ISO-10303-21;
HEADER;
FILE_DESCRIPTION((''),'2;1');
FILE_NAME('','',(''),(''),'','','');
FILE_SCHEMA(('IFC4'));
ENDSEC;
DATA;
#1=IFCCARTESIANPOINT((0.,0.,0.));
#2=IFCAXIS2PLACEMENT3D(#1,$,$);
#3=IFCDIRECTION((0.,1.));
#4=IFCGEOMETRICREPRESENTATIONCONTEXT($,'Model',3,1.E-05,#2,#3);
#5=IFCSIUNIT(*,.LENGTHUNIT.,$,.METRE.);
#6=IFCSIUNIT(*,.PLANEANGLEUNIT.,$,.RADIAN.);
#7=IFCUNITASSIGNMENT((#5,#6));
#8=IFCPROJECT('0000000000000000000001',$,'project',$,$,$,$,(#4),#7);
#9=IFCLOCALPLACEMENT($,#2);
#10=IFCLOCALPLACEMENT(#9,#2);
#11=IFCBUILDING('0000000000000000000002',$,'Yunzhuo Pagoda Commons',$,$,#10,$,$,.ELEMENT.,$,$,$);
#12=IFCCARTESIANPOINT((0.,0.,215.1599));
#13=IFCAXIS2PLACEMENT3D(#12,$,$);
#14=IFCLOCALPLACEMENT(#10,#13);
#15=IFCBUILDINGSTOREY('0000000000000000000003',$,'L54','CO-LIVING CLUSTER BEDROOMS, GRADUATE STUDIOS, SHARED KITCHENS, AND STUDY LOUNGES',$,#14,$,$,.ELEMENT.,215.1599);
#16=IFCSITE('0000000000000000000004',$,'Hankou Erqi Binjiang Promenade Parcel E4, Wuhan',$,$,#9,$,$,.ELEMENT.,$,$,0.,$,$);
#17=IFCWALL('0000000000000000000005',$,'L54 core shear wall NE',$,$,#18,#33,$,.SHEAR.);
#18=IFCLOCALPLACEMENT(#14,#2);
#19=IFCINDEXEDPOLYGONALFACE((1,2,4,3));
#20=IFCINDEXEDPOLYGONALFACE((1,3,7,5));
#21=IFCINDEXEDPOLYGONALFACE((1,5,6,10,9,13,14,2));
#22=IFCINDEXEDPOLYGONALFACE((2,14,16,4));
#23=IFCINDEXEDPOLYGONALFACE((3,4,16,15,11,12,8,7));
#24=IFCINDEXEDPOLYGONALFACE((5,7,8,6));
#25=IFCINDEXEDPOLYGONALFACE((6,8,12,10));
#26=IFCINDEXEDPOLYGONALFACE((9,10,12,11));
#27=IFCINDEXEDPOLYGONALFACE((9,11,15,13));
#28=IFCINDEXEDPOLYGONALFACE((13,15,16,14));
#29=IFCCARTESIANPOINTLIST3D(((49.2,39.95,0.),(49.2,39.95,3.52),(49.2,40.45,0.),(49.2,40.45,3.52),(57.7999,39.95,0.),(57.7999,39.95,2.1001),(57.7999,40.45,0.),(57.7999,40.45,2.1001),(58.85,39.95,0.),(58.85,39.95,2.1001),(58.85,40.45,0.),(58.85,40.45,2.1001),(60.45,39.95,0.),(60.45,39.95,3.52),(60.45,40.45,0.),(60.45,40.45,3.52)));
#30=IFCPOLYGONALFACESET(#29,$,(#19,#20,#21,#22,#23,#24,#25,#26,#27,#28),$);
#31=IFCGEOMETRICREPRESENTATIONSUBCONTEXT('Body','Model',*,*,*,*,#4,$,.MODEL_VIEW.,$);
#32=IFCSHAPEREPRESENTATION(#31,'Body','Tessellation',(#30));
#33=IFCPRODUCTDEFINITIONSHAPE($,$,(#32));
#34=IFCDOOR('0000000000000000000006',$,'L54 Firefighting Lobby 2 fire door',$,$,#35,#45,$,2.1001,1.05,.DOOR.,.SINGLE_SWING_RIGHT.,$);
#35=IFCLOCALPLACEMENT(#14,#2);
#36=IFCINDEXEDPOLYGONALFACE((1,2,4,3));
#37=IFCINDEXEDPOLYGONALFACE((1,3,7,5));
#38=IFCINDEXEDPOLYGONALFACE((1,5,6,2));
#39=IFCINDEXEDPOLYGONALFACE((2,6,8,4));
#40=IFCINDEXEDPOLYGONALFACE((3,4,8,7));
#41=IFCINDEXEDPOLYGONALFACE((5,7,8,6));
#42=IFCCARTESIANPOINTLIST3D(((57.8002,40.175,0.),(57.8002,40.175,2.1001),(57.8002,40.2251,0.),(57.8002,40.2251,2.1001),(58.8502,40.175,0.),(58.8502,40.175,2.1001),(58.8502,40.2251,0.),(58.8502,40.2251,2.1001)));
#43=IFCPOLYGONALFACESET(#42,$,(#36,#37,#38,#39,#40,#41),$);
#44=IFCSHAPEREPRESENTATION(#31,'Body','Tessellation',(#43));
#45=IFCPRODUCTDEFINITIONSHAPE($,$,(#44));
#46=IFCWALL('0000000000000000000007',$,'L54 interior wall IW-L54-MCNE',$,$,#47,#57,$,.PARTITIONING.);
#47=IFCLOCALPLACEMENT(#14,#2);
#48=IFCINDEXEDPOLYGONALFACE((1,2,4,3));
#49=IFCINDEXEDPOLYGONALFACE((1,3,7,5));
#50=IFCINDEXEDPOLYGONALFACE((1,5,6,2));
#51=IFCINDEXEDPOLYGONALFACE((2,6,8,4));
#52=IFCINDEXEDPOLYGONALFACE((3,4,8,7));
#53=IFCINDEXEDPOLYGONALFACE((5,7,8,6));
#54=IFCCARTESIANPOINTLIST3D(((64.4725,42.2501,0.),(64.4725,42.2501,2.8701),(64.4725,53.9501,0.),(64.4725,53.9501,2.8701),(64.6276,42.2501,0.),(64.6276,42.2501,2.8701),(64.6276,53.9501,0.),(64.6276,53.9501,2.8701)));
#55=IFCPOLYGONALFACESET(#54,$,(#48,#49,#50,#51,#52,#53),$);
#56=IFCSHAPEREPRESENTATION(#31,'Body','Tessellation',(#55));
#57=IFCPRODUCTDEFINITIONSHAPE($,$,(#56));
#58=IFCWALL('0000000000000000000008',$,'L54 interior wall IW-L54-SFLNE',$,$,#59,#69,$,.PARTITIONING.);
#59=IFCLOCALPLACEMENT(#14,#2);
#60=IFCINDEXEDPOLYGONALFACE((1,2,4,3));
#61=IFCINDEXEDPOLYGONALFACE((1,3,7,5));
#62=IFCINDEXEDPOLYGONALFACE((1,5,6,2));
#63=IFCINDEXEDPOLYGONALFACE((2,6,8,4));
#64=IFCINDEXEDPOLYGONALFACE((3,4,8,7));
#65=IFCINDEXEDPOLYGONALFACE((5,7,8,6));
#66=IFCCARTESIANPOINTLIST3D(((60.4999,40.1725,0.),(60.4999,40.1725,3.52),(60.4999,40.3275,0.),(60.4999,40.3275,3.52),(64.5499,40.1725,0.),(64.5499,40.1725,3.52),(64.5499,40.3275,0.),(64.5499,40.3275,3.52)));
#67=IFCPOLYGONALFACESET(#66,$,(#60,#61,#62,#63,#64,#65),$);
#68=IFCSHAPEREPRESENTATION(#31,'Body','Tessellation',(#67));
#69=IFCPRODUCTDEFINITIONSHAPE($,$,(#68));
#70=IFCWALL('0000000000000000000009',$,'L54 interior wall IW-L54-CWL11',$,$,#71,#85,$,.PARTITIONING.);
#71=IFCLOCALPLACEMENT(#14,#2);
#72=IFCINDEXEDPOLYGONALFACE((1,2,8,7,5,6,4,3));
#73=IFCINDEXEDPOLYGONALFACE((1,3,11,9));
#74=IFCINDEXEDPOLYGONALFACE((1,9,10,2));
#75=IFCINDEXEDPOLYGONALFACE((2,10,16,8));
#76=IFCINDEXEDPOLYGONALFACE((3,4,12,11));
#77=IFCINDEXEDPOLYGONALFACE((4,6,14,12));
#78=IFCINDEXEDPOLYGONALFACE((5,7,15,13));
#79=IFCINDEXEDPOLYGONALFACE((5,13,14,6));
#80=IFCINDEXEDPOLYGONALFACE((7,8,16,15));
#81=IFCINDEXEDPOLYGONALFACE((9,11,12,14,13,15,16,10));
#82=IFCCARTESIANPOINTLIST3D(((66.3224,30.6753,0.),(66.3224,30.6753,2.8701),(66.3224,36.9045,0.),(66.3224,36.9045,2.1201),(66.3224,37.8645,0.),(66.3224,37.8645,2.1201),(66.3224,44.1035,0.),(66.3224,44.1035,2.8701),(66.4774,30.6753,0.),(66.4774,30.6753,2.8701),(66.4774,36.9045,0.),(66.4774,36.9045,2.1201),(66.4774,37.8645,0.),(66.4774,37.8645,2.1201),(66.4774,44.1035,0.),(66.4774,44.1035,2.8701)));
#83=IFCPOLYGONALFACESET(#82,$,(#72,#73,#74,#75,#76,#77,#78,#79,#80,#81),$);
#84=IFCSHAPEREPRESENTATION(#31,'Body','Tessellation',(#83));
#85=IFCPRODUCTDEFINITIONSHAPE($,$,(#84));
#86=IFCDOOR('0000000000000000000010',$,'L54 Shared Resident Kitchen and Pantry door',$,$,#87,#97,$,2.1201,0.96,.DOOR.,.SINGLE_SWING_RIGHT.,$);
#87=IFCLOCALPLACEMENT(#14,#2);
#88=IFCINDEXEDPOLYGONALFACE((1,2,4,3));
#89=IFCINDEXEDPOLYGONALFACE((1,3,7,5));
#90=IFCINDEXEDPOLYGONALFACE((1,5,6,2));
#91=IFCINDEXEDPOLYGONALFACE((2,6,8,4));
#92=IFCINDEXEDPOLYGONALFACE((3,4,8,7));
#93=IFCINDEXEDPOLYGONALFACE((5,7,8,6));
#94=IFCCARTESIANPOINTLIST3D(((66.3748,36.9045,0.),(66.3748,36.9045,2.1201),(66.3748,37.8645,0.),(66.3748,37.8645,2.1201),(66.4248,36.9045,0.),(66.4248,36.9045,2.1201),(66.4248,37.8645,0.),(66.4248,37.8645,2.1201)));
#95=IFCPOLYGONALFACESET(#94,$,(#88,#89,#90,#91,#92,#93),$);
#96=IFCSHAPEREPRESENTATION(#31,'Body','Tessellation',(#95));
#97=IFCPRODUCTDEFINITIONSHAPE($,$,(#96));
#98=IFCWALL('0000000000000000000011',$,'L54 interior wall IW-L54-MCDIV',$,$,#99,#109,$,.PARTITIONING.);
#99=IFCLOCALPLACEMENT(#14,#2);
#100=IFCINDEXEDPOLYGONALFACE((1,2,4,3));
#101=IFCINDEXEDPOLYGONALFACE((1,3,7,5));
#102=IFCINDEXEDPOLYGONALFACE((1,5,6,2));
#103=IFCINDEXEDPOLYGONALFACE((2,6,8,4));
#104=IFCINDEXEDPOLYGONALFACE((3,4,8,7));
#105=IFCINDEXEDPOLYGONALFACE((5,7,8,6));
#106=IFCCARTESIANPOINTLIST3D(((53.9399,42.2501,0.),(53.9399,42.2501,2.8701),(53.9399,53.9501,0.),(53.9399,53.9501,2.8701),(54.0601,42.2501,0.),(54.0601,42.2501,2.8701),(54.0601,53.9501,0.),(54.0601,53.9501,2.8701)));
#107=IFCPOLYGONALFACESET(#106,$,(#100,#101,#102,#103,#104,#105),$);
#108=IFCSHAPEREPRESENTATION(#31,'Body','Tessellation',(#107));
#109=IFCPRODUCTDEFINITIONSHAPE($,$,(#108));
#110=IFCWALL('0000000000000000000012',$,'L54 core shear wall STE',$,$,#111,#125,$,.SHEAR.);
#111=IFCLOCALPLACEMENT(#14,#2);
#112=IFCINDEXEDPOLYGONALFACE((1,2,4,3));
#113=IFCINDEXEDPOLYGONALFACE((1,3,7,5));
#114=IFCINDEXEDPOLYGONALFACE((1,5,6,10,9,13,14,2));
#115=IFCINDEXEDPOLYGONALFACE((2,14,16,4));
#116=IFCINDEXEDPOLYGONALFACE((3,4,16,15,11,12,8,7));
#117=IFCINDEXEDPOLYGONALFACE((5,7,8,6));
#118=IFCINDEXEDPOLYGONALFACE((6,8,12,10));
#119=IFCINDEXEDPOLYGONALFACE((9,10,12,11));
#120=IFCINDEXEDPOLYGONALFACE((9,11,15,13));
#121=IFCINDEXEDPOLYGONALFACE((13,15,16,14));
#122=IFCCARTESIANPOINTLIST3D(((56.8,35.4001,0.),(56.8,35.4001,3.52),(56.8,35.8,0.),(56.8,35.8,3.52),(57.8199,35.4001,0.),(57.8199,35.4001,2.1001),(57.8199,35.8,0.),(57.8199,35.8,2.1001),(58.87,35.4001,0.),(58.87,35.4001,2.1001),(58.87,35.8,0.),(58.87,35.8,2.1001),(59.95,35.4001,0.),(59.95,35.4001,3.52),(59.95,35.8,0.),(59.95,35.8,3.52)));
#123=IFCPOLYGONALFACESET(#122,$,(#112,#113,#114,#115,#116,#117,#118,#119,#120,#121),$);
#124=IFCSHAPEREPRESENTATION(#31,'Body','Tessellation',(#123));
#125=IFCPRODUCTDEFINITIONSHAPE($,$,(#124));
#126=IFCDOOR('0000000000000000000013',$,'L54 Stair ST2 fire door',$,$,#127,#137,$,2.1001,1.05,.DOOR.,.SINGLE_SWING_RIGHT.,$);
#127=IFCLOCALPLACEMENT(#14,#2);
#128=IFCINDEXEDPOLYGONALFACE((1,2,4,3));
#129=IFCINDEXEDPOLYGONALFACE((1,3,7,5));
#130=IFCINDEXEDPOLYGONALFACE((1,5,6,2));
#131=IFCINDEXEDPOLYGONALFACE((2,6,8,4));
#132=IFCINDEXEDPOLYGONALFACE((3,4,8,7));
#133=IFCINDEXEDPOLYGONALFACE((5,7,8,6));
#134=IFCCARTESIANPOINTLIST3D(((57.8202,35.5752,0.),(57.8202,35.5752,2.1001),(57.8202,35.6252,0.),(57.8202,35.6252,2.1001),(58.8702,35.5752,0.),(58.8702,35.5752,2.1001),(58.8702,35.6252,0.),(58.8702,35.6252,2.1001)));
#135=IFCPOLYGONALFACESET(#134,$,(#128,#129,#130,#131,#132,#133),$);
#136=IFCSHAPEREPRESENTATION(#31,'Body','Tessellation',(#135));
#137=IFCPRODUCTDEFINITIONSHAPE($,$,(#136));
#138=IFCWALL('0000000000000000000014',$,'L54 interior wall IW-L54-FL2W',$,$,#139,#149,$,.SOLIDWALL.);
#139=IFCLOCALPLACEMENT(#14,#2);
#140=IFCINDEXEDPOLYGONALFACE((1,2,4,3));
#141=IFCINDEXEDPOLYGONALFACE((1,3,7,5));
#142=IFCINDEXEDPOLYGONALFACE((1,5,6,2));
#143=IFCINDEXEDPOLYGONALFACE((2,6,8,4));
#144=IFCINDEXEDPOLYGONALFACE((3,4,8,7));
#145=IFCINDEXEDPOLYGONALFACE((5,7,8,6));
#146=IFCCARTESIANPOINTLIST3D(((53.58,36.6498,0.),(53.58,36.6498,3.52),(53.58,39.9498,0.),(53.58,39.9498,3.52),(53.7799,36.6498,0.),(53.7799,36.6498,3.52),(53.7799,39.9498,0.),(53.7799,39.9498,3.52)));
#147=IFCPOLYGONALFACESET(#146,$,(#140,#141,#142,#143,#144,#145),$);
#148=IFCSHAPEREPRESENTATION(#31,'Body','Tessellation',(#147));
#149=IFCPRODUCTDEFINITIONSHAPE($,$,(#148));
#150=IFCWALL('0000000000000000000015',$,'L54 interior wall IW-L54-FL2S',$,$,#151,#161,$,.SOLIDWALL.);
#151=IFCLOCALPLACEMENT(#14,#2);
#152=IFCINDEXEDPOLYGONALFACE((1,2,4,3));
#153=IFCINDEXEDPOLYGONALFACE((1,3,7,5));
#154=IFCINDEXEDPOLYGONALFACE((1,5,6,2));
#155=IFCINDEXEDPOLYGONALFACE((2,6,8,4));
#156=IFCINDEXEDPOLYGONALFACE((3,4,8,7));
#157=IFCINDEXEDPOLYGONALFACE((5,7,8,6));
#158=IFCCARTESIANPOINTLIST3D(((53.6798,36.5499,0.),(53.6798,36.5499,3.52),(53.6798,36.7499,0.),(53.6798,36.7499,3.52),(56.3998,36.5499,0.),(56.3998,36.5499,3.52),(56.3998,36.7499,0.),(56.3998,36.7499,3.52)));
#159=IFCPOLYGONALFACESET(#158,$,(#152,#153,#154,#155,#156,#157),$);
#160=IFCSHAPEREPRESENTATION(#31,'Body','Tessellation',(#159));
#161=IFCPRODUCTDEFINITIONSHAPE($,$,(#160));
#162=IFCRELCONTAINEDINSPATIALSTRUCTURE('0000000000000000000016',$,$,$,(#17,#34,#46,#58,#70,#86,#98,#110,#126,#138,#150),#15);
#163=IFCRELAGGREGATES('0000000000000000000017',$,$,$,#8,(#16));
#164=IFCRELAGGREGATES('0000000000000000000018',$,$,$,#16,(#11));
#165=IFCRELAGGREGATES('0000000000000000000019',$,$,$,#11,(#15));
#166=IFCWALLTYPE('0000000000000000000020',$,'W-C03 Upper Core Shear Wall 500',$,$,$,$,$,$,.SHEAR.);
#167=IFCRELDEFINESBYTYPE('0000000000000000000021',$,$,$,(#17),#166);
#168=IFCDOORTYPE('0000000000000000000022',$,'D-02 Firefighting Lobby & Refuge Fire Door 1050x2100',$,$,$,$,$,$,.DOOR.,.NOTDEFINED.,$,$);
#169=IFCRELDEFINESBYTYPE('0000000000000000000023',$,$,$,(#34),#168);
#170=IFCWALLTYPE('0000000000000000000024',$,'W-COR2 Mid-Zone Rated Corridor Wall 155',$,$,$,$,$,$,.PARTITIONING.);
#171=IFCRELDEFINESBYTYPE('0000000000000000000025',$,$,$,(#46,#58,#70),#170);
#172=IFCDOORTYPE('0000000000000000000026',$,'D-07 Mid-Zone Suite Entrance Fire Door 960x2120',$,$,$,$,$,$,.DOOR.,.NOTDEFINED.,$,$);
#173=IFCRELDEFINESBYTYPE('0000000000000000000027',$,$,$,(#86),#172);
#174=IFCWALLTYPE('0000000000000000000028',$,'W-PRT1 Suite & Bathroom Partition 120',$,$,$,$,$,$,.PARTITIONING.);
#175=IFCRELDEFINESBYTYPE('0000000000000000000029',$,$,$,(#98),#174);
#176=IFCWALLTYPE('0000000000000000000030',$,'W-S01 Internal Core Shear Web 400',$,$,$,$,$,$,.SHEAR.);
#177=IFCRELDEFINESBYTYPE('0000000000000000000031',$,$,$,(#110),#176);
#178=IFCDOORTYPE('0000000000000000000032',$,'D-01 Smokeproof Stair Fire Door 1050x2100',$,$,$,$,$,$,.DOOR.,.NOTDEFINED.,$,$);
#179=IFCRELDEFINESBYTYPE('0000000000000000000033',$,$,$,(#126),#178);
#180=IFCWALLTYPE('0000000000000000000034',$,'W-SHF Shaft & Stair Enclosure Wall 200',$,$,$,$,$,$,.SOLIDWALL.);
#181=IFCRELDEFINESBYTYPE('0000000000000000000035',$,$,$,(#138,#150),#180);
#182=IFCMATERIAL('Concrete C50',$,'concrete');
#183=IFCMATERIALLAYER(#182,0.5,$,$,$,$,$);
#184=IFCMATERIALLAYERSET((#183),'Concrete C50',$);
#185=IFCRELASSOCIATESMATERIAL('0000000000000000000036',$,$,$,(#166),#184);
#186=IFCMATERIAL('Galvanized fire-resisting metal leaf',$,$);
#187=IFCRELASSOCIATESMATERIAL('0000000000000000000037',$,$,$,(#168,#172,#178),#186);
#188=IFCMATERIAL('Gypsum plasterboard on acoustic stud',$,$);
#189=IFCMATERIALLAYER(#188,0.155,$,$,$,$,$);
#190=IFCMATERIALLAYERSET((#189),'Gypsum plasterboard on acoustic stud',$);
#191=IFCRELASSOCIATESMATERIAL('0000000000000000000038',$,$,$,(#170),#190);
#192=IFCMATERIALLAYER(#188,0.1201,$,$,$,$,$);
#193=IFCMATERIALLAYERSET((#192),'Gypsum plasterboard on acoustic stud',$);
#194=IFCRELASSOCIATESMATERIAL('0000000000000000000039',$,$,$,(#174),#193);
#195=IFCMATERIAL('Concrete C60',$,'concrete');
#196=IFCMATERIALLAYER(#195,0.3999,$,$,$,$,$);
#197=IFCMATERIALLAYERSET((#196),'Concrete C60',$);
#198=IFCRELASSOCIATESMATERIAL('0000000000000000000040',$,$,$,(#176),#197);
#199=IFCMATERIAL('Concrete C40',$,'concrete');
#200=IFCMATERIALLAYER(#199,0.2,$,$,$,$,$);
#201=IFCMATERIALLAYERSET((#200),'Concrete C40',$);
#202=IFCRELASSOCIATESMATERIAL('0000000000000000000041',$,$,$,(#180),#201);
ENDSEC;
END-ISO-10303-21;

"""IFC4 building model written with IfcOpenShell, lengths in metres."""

from ifc_helpers import new_model, si_unit, direction, frame, frame_2d, origin, origin_with_axes, place, context, subcontext, project, spatial, rectangle, extrude, source, transform, mapped, material, layer, layer_set, type_object, element, fill, save


model = new_model("IFC4")

# Units and contexts
model_context = context("Model", 3, precision=1e-05, world=origin(), true_north=direction((0.0, 1.0)))
body_context = subcontext(model_context, "Body", "Model", "MODEL_VIEW")
ifc_project = project(units=[si_unit("LENGTHUNIT", "METRE"), si_unit("PLANEANGLEUNIT", "RADIAN")], contexts=[model_context])

# Site, building, storey
site_placement = place(None, origin())
site = spatial("IfcSite", under=ifc_project, at=site_placement, Name="Hankou Erqi Binjiang Promenade Parcel E4, Wuhan", CompositionType="ELEMENT", RefElevation=0.0)
building_placement = place(site_placement, origin())
building = spatial("IfcBuilding", under=site, at=building_placement, Name="Yunzhuo Pagoda Commons", CompositionType="ELEMENT")
storey_placement = place(building_placement, frame((0.0, 0.0, 215.1599)))
storey = spatial("IfcBuildingStorey", under=building, at=storey_placement, Name="L54", Description="CO-LIVING CLUSTER BEDROOMS, GRADUATE STUDIOS, SHARED KITCHENS, AND STUDY LOUNGES", CompositionType="ELEMENT", Elevation=215.1599)

# Wall, opening, door
ifc_material_1 = material(Name="Concrete C50", Category="concrete")
ifc_layer_1 = layer(ifc_material_1, 0.5)
ifc_layer_set_1 = layer_set([ifc_layer_1], Name="Concrete C50")
wall_type_1 = type_object("IfcWallType", Name="W-C03 Upper Core Shear Wall 500", PredefinedType="SHEAR", material=ifc_layer_set_1)
wall_1_placement = place(storey_placement, frame((49.2, 40.2, 0.0), z_axis=(0.0, 0.0, 1.0), x_axis=(1.0, 0.0, 0.0)))
wall_1 = element("IfcWall", 1, at=wall_1_placement, inside=storey, type_object=wall_type_1, Name="L54 core shear wall NE", PredefinedType="SHEAR", context=body_context, shape_type="SweptSolid", body=[
    extrude(rectangle(XDim=11.25, YDim=0.5, at=frame_2d((5.625, 0.0))), origin(), (0.0, 0.0, 1.0), 3.52),
])
opening_1_placement = place(wall_1_placement, frame((8.6001, 0.0, 0.0)))
opening_1 = element("IfcOpeningElement", 2, at=opening_1_placement, cuts=wall_1, PredefinedType="OPENING", context=body_context, shape_type="SweptSolid", body=[
    extrude(rectangle(XDim=1.05, YDim=2.1001, at=frame_2d((0.5249, 1.05))), frame((0.0, 0.26, 0.0), z_axis=(0.0, -1.0, 0.0), x_axis=(1.0, 0.0, 0.0)), (0.0, 0.0, 1.0), 0.52),
])
ifc_material_2 = material(Name="Galvanized fire-resisting metal leaf")
door_type_1 = type_object("IfcDoorType", Name="D-02 Firefighting Lobby & Refuge Fire Door 1050x2100", OperationType="NOTDEFINED", PredefinedType="DOOR", material=ifc_material_2)
shared_shape_1 = source(origin(), body_context, "Body", "SweptSolid", [
    extrude(rectangle(XDim=1.05, YDim=2.1001, at=frame_2d((0.5249, 1.05))), frame((0.0, 0.0249, 0.0), z_axis=(0.0, -1.0, 0.0), x_axis=(1.0, 0.0, 0.0)), (0.0, 0.0, 1.0), 0.05),
])
door_1_placement = place(opening_1_placement, frame((1.05, 0.0, 0.0), z_axis=(0.0, 0.0, 1.0), x_axis=(-1.0, 0.0, 0.0)))
door_1 = element("IfcDoor", 3, at=door_1_placement, inside=storey, type_object=door_type_1, Name="L54 Firefighting Lobby 2 fire door", OperationType="SINGLE_SWING_RIGHT", OverallHeight=2.1001, OverallWidth=1.05, PredefinedType="DOOR", context=body_context, shape_type="MappedRepresentation", body=[
    mapped(shared_shape_1, transform((0.0, 0.0, 0.0), scale=1.0)),
])
fill(opening_1, door_1)

# Walls
ifc_material_3 = material(Name="Gypsum plasterboard on acoustic stud")
ifc_layer_2 = layer(ifc_material_3, 0.155)
ifc_layer_set_2 = layer_set([ifc_layer_2], Name="Gypsum plasterboard on acoustic stud")
wall_type_2 = type_object("IfcWallType", Name="W-COR2 Mid-Zone Rated Corridor Wall 155", PredefinedType="PARTITIONING", material=ifc_layer_set_2)
wall_2_placement = place(storey_placement, frame((64.55, 42.25, 0.0), z_axis=(0.0, 0.0, 1.0), x_axis=(0.0, 1.0, 0.0)))
element("IfcWall", 4, at=wall_2_placement, inside=storey, type_object=wall_type_2, Name="L54 interior wall IW-L54-MCNE", PredefinedType="PARTITIONING", context=body_context, shape_type="SweptSolid", body=[
    extrude(rectangle(XDim=11.7, YDim=0.155, at=frame_2d((5.8501, 0.0))), origin(), (0.0, 0.0, 1.0), 2.8701),
])
wall_3_placement = place(storey_placement, frame((60.5, 40.25, 0.0), z_axis=(0.0, 0.0, 1.0), x_axis=(1.0, 0.0, 0.0)))
element("IfcWall", 5, at=wall_3_placement, inside=storey, type_object=wall_type_2, Name="L54 interior wall IW-L54-SFLNE", PredefinedType="PARTITIONING", context=body_context, shape_type="SweptSolid", body=[
    extrude(rectangle(XDim=4.05, YDim=0.155, at=frame_2d((2.0249, 0.0))), origin(), (0.0, 0.0, 1.0), 3.52),
])

# Wall, opening, door
wall_4_placement = place(storey_placement, frame((66.3999, 44.1035, 0.0), z_axis=(0.0, 0.0, 1.0), x_axis=(0.0, -1.0, 0.0)))
wall_4 = element("IfcWall", 6, at=wall_4_placement, inside=storey, type_object=wall_type_2, Name="L54 interior wall IW-L54-CWL11", PredefinedType="PARTITIONING", context=body_context, shape_type="SweptSolid", body=[
    extrude(rectangle(XDim=13.4282, YDim=0.155, at=frame_2d((6.7141, 0.0))), origin(), (0.0, 0.0, 1.0), 2.8701),
])
opening_2_placement = place(wall_4_placement, frame((6.239, 0.0, 0.0)))
opening_2 = element("IfcOpeningElement", 7, at=opening_2_placement, cuts=wall_4, PredefinedType="OPENING", context=body_context, shape_type="SweptSolid", body=[
    extrude(rectangle(XDim=0.96, YDim=2.1201, at=frame_2d((0.48, 1.0601))), frame((0.0, 0.0874, 0.0), z_axis=(0.0, -1.0, 0.0), x_axis=(1.0, 0.0, 0.0)), (0.0, 0.0, 1.0), 0.175),
])
door_type_2 = type_object("IfcDoorType", Name="D-07 Mid-Zone Suite Entrance Fire Door 960x2120", OperationType="NOTDEFINED", PredefinedType="DOOR", material=ifc_material_2)
shared_shape_2 = source(origin(), body_context, "Body", "SweptSolid", [
    extrude(rectangle(XDim=0.96, YDim=2.1201, at=frame_2d((0.48, 1.0601))), frame((0.0, 0.0249, 0.0), z_axis=(0.0, -1.0, 0.0), x_axis=(1.0, 0.0, 0.0)), (0.0, 0.0, 1.0), 0.05),
])
door_2_placement = place(opening_2_placement, origin_with_axes())
door_2 = element("IfcDoor", 8, at=door_2_placement, inside=storey, type_object=door_type_2, Name="L54 Shared Resident Kitchen and Pantry door", OperationType="SINGLE_SWING_RIGHT", OverallHeight=2.1201, OverallWidth=0.96, PredefinedType="DOOR", context=body_context, shape_type="MappedRepresentation", body=[
    mapped(shared_shape_2, transform((0.0, 0.0, 0.0), scale=1.0)),
])
fill(opening_2, door_2)

# Wall
ifc_layer_3 = layer(ifc_material_3, 0.1201)
ifc_layer_set_3 = layer_set([ifc_layer_3], Name="Gypsum plasterboard on acoustic stud")
wall_type_3 = type_object("IfcWallType", Name="W-PRT1 Suite & Bathroom Partition 120", PredefinedType="PARTITIONING", material=ifc_layer_set_3)
wall_5_placement = place(storey_placement, frame((54.0, 42.25, 0.0), z_axis=(0.0, 0.0, 1.0), x_axis=(0.0, 1.0, 0.0)))
element("IfcWall", 9, at=wall_5_placement, inside=storey, type_object=wall_type_3, Name="L54 interior wall IW-L54-MCDIV", PredefinedType="PARTITIONING", context=body_context, shape_type="SweptSolid", body=[
    extrude(rectangle(XDim=11.7, YDim=0.1201, at=frame_2d((5.8501, 0.0))), origin(), (0.0, 0.0, 1.0), 2.8701),
])

# Wall, opening, door
ifc_material_4 = material(Name="Concrete C60", Category="concrete")
ifc_layer_4 = layer(ifc_material_4, 0.3999)
ifc_layer_set_4 = layer_set([ifc_layer_4], Name="Concrete C60")
wall_type_4 = type_object("IfcWallType", Name="W-S01 Internal Core Shear Web 400", PredefinedType="SHEAR", material=ifc_layer_set_4)
wall_6_placement = place(storey_placement, frame((56.8, 35.6001, 0.0), z_axis=(0.0, 0.0, 1.0), x_axis=(1.0, 0.0, 0.0)))
wall_6 = element("IfcWall", 10, at=wall_6_placement, inside=storey, type_object=wall_type_4, Name="L54 core shear wall STE", PredefinedType="SHEAR", context=body_context, shape_type="SweptSolid", body=[
    extrude(rectangle(XDim=3.1499, YDim=0.3999, at=frame_2d((1.575, 0.0))), origin(), (0.0, 0.0, 1.0), 3.52),
])
opening_3_placement = place(wall_6_placement, frame((1.02, 0.0, 0.0)))
opening_3 = element("IfcOpeningElement", 11, at=opening_3_placement, cuts=wall_6, PredefinedType="OPENING", context=body_context, shape_type="SweptSolid", body=[
    extrude(rectangle(XDim=1.05, YDim=2.1001, at=frame_2d((0.5249, 1.05))), frame((0.0, 0.21, 0.0), z_axis=(0.0, -1.0, 0.0), x_axis=(1.0, 0.0, 0.0)), (0.0, 0.0, 1.0), 0.4199),
])
door_type_3 = type_object("IfcDoorType", Name="D-01 Smokeproof Stair Fire Door 1050x2100", OperationType="NOTDEFINED", PredefinedType="DOOR", material=ifc_material_2)
door_3_placement = place(opening_3_placement, frame((1.05, 0.0, 0.0), z_axis=(0.0, 0.0, 1.0), x_axis=(-1.0, 0.0, 0.0)))
door_3 = element("IfcDoor", 12, at=door_3_placement, inside=storey, type_object=door_type_3, Name="L54 Stair ST2 fire door", OperationType="SINGLE_SWING_RIGHT", OverallHeight=2.1001, OverallWidth=1.05, PredefinedType="DOOR", context=body_context, shape_type="MappedRepresentation", body=[
    mapped(shared_shape_1, transform((0.0, 0.0, 0.0), scale=1.0)),
])
fill(opening_3, door_3)

# Walls
ifc_material_5 = material(Name="Concrete C40", Category="concrete")
ifc_layer_5 = layer(ifc_material_5, 0.2)
ifc_layer_set_5 = layer_set([ifc_layer_5], Name="Concrete C40")
wall_type_5 = type_object("IfcWallType", Name="W-SHF Shaft & Stair Enclosure Wall 200", PredefinedType="SOLIDWALL", material=ifc_layer_set_5)
wall_7_placement = place(storey_placement, frame((53.6799, 36.6499, 0.0), z_axis=(0.0, 0.0, 1.0), x_axis=(0.0, 1.0, 0.0)))
element("IfcWall", 13, at=wall_7_placement, inside=storey, type_object=wall_type_5, Name="L54 interior wall IW-L54-FL2W", PredefinedType="SOLIDWALL", context=body_context, shape_type="SweptSolid", body=[
    extrude(rectangle(XDim=3.3, YDim=0.2, at=frame_2d((1.6499, 0.0))), origin(), (0.0, 0.0, 1.0), 3.52),
])
wall_8_placement = place(storey_placement, frame((53.6799, 36.6499, 0.0), z_axis=(0.0, 0.0, 1.0), x_axis=(1.0, 0.0, 0.0)))
element("IfcWall", 14, at=wall_8_placement, inside=storey, type_object=wall_type_5, Name="L54 interior wall IW-L54-FL2S", PredefinedType="SOLIDWALL", context=body_context, shape_type="SweptSolid", body=[
    extrude(rectangle(XDim=2.72, YDim=0.2, at=frame_2d((1.3599, 0.0))), origin(), (0.0, 0.0, 1.0), 3.52),
])

save(model, "model.ifc")
